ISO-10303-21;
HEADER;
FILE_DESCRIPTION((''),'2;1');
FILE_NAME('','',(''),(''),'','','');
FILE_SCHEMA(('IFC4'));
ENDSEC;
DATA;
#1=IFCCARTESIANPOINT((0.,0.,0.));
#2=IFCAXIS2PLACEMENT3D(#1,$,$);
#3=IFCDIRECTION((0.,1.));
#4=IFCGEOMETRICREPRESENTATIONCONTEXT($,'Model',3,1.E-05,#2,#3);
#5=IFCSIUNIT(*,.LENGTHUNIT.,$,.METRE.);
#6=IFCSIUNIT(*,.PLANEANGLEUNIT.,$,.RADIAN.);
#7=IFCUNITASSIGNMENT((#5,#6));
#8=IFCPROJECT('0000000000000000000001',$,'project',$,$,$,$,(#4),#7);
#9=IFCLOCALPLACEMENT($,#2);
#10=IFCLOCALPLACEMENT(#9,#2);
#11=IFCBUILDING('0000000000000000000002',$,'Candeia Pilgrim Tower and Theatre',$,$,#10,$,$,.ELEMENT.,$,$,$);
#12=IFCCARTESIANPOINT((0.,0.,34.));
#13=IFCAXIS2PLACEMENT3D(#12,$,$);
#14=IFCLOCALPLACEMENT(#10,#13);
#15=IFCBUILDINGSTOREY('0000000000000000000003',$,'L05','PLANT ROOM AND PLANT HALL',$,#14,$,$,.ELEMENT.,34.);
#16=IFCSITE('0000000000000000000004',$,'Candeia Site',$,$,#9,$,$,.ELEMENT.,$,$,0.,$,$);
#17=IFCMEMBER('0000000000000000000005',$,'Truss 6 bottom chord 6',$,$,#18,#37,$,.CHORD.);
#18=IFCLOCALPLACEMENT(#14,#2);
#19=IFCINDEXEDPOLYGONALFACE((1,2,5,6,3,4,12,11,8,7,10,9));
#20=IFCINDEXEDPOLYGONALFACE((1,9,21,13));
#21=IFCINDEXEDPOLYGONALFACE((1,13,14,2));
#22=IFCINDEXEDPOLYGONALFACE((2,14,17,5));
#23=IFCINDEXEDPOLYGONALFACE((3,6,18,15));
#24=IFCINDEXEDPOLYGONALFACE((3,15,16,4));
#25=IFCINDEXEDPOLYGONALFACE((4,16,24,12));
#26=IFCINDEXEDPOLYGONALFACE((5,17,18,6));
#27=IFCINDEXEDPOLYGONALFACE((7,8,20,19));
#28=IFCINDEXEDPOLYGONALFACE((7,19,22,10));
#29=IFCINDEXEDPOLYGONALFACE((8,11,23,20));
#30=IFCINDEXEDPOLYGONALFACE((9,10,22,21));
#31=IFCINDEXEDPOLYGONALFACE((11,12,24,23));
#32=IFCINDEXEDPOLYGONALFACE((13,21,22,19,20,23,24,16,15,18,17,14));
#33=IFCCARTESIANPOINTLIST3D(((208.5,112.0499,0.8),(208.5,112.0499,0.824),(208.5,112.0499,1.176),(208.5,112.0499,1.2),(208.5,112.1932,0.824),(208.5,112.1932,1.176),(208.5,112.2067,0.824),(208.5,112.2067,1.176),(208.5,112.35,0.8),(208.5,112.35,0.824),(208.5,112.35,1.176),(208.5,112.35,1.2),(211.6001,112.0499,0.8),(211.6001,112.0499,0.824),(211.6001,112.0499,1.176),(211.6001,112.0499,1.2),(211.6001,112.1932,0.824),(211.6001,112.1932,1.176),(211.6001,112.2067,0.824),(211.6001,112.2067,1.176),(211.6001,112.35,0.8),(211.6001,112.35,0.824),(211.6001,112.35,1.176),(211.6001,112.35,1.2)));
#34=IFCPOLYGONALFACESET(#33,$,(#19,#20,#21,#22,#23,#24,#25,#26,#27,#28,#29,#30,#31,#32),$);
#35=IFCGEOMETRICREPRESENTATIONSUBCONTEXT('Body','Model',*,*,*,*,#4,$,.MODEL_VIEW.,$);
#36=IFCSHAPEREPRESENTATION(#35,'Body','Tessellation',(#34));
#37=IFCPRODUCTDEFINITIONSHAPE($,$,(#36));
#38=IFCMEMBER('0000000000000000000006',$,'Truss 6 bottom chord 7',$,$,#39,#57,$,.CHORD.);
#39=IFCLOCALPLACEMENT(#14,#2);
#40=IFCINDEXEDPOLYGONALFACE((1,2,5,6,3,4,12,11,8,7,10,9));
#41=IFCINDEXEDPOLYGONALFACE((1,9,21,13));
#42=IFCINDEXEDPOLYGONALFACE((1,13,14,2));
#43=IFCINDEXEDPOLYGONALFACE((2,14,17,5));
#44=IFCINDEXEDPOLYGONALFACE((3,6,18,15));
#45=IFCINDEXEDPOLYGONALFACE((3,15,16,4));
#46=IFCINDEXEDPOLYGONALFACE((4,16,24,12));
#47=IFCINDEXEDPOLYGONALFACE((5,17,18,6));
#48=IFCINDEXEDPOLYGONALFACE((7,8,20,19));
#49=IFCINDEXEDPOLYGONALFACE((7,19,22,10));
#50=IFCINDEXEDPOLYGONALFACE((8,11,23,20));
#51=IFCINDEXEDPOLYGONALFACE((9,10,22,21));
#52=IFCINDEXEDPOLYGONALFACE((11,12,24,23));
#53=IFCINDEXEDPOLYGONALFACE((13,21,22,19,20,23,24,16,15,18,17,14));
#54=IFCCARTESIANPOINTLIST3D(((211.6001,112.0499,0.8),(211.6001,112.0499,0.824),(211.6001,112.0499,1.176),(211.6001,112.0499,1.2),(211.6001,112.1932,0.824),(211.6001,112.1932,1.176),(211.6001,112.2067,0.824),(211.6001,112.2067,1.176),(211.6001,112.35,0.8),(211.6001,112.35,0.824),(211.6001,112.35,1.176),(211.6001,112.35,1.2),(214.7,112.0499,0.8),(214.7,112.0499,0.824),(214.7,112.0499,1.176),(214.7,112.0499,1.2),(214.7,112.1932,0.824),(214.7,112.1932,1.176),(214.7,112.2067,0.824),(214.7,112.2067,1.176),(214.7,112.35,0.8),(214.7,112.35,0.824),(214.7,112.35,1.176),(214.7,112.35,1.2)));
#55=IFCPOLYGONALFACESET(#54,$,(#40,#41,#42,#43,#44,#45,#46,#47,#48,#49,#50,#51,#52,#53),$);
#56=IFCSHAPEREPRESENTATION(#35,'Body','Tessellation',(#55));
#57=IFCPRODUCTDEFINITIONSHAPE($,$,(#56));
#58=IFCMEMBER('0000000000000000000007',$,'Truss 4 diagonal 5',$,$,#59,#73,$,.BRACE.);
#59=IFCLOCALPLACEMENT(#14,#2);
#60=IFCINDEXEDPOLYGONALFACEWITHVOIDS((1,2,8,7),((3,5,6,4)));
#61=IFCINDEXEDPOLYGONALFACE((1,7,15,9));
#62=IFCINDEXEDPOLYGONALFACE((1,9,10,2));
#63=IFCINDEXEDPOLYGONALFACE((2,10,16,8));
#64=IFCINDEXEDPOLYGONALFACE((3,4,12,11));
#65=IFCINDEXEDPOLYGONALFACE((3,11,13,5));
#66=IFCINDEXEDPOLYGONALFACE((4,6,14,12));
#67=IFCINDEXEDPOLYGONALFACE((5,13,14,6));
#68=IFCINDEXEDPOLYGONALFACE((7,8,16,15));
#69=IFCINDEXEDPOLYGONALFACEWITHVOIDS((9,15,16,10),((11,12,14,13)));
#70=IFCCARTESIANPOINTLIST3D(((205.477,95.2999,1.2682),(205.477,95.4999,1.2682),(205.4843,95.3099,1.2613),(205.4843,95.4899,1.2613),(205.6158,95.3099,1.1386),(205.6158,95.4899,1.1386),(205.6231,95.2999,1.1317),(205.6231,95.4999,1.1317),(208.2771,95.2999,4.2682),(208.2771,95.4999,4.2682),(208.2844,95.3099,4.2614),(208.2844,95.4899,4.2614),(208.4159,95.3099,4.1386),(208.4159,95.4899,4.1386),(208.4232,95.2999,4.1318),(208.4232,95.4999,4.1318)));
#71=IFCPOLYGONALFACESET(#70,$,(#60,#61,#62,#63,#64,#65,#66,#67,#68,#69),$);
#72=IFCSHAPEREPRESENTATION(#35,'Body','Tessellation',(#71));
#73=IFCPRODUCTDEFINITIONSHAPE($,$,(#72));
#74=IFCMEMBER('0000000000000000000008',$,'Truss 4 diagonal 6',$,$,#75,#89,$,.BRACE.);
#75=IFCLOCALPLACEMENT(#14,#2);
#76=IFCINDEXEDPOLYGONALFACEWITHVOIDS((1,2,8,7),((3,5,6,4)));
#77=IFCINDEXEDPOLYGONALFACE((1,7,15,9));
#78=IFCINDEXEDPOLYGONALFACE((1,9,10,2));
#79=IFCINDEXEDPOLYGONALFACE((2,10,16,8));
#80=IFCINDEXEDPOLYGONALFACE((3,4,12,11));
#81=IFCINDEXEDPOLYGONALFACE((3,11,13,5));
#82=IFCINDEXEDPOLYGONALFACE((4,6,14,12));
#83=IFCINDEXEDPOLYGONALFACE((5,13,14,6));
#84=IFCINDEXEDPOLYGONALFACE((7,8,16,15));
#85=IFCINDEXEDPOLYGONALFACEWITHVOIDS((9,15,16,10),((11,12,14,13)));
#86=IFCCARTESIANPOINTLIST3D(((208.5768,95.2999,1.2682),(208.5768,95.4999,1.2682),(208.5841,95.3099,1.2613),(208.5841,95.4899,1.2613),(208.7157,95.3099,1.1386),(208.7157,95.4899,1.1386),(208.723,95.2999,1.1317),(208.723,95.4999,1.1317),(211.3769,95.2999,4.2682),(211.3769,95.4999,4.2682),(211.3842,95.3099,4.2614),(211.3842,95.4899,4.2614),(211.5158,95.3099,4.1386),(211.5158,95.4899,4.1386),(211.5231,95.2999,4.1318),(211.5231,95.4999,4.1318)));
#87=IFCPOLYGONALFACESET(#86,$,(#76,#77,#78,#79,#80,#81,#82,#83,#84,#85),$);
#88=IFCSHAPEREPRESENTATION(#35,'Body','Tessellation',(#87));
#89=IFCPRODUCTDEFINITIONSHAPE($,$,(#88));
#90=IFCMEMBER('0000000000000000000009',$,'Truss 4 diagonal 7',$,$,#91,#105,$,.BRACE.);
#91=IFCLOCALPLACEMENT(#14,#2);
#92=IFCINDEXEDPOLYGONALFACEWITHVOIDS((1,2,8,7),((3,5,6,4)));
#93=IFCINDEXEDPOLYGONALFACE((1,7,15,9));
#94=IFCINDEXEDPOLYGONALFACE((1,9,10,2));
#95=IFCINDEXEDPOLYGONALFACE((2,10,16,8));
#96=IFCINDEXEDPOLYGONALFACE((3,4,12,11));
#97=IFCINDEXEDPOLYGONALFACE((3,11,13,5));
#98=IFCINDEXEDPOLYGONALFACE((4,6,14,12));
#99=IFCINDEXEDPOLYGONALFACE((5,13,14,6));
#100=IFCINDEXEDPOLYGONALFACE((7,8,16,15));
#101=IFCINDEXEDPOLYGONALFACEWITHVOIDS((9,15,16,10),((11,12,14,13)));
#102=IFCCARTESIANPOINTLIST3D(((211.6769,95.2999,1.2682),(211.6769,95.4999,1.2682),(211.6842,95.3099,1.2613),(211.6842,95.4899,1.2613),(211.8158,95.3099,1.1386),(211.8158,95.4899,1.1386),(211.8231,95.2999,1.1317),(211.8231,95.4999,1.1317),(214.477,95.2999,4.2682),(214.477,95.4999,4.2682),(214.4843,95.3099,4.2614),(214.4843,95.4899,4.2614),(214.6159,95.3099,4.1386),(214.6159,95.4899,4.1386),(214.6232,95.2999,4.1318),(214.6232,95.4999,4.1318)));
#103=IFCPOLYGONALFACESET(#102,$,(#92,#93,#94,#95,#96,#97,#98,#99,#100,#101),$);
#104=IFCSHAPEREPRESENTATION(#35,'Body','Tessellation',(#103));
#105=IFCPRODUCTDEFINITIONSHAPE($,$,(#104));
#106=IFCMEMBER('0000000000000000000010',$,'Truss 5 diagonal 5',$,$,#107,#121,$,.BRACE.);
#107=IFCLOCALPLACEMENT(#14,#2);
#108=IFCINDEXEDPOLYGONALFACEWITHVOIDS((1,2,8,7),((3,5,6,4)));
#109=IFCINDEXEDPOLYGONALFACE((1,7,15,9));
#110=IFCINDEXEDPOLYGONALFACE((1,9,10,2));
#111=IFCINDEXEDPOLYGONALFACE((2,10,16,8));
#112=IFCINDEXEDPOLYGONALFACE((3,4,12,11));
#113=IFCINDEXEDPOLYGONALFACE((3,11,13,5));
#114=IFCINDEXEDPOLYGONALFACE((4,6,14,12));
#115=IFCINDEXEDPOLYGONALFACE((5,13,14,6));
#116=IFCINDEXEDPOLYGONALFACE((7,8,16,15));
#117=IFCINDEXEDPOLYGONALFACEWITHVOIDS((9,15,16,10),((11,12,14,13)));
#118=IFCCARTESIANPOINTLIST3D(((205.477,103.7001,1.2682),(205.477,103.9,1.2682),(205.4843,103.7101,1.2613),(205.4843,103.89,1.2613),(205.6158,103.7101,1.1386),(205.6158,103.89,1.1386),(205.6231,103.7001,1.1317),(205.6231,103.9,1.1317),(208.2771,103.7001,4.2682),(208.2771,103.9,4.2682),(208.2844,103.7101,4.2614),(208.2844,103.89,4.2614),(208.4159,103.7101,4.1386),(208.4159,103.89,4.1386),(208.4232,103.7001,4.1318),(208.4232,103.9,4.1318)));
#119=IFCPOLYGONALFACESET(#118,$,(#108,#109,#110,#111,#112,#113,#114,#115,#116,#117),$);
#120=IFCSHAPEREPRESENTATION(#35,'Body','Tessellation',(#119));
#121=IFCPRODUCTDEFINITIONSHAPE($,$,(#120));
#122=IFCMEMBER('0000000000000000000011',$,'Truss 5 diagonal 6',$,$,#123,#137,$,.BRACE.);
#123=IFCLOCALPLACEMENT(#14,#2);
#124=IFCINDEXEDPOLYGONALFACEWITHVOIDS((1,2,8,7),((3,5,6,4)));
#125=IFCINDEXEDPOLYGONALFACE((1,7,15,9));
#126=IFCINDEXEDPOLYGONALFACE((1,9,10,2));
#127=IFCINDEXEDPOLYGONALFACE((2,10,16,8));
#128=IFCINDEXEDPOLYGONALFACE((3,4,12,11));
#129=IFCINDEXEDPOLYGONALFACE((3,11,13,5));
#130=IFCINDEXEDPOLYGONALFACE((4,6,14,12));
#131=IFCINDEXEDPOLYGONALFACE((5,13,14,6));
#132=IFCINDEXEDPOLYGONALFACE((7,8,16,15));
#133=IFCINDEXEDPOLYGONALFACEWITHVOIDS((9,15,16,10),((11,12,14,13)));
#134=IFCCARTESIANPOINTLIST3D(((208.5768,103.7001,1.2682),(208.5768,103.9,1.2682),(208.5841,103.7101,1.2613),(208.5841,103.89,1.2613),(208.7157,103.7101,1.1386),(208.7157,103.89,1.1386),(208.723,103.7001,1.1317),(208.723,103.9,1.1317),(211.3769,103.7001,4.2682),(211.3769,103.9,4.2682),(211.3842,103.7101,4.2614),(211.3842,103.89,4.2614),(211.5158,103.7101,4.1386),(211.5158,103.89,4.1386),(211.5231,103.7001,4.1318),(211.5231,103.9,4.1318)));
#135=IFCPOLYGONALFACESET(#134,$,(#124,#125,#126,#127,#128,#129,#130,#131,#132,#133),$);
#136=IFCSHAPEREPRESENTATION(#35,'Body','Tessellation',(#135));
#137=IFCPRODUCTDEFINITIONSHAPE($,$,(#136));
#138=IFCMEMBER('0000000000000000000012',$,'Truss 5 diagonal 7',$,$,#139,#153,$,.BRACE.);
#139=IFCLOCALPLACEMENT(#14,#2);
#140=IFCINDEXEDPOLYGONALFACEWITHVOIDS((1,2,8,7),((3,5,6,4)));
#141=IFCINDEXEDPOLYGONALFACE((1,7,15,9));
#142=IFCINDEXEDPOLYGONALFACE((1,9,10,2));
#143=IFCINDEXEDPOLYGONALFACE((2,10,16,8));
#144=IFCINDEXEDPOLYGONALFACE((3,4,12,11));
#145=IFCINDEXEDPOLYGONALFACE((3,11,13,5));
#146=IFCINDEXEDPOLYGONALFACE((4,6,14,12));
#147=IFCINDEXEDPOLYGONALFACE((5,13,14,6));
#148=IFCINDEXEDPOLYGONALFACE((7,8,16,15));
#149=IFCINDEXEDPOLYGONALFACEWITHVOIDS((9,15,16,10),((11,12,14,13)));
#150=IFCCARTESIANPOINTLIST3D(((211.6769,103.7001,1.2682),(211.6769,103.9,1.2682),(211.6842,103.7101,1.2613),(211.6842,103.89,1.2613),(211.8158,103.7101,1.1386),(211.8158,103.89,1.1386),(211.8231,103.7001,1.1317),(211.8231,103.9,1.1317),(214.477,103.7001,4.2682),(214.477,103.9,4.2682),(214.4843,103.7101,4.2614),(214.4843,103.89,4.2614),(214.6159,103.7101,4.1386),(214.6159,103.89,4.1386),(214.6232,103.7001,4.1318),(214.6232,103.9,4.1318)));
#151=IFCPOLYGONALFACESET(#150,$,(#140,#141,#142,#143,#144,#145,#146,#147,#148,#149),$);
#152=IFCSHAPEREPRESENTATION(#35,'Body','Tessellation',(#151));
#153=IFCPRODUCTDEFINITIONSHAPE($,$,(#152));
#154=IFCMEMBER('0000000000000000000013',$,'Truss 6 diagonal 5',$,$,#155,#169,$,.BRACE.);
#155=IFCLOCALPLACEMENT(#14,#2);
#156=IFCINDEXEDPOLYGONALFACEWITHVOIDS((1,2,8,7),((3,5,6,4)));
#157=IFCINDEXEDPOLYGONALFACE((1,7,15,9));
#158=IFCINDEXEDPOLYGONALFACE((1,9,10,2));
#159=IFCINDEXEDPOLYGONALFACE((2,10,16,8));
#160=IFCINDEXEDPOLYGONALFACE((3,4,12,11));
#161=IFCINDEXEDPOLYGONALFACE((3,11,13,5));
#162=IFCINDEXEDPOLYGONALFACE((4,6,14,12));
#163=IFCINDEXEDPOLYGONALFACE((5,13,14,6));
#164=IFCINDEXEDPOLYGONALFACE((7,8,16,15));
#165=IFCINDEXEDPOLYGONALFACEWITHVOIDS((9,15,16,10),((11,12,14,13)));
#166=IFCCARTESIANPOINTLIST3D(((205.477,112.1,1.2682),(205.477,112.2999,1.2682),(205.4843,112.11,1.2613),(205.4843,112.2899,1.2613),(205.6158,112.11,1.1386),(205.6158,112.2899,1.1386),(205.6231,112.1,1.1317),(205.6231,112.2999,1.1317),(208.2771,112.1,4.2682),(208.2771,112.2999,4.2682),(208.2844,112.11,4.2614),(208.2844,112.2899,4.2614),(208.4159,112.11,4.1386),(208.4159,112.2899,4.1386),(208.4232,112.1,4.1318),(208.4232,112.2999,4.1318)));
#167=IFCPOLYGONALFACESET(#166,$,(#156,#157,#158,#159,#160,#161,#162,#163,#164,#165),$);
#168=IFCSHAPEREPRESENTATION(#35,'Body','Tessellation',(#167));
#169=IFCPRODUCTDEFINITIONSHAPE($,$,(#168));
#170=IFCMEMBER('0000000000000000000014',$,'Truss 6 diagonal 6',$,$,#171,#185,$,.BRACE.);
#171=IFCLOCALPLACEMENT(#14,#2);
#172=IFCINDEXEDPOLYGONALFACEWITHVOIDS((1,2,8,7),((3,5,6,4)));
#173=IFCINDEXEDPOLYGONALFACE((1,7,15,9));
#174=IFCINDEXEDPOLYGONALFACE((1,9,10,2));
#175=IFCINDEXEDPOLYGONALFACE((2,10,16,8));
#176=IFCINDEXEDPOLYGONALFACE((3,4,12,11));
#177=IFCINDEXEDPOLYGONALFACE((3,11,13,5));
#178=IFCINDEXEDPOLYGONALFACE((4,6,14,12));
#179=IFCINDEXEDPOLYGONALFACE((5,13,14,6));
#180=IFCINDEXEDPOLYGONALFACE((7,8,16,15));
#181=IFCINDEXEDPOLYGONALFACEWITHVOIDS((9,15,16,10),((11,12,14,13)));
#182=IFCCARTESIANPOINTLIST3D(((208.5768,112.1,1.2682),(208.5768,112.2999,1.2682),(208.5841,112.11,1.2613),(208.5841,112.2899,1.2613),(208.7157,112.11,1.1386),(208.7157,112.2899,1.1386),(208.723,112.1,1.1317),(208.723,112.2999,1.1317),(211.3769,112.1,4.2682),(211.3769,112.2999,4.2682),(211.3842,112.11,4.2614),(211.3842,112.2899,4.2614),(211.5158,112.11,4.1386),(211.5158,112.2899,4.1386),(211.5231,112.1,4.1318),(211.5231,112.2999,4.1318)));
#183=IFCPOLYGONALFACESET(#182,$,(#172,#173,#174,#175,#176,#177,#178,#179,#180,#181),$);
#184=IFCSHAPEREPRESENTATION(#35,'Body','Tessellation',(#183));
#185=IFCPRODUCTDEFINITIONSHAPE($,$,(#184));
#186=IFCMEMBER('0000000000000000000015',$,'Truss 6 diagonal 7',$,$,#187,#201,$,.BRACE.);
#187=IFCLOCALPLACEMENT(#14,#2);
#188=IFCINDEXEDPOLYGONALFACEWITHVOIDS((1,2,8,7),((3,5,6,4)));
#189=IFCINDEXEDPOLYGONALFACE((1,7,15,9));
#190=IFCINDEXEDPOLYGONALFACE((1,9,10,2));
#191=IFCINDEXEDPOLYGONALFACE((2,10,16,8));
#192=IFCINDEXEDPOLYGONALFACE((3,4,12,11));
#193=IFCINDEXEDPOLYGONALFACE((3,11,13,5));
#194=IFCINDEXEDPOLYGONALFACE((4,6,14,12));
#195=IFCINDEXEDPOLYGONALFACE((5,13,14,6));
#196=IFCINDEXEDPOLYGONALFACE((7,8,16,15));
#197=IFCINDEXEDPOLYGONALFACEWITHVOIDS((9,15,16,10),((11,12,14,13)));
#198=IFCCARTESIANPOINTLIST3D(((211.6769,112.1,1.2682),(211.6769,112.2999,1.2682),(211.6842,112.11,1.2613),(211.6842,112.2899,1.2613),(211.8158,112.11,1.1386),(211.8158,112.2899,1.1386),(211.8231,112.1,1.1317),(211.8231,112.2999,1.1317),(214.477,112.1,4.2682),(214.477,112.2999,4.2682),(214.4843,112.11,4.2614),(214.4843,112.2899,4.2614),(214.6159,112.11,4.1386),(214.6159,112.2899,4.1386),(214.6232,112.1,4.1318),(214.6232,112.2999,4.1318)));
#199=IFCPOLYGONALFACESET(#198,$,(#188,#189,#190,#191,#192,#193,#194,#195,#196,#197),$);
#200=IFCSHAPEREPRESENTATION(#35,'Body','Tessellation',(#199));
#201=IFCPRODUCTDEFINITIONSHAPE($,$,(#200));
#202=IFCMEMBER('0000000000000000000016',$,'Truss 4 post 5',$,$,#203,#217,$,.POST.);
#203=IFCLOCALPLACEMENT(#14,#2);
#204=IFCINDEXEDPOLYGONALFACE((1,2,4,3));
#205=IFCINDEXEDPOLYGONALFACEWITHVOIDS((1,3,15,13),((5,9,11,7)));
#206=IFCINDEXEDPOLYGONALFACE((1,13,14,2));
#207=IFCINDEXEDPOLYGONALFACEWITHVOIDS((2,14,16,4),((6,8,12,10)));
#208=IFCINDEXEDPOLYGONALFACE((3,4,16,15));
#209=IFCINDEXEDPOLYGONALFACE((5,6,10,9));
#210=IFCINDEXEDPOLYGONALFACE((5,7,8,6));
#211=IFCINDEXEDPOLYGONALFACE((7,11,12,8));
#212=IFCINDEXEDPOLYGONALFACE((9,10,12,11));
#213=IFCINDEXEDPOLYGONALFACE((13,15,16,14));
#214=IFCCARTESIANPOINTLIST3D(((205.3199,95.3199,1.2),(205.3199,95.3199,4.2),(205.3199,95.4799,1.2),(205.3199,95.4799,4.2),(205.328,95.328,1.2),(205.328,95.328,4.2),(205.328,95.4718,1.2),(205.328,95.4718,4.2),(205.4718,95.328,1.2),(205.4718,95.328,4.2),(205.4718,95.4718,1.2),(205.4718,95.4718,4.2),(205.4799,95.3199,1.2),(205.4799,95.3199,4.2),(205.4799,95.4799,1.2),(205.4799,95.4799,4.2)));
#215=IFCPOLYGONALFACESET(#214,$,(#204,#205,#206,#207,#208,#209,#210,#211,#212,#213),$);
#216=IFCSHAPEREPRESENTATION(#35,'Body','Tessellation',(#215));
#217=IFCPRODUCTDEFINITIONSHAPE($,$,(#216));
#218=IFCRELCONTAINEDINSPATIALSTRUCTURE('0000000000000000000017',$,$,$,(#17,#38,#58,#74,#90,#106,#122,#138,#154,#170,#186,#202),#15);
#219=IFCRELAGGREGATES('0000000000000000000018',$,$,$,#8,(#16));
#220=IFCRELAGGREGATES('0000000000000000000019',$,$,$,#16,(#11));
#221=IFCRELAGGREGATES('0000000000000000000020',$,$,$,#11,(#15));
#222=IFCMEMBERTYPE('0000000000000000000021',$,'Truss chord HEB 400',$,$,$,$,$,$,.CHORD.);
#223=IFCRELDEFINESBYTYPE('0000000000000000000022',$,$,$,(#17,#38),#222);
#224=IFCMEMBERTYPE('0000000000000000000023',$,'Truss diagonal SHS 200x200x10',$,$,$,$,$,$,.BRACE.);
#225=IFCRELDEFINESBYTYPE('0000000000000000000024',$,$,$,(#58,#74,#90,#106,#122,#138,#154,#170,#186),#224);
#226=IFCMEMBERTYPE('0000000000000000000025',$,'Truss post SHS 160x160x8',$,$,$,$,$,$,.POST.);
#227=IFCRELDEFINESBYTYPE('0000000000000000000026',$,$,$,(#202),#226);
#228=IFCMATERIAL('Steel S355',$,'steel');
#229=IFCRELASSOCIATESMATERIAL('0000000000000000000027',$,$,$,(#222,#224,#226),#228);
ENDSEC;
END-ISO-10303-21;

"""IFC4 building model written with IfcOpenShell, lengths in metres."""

from ifc_helpers import new_model, si_unit, direction, frame, origin, origin_2d, place, context, subcontext, project, spatial, hollow_rectangle, i_section, extrude, material, material_profile, profile_set, type_object, element, save


model = new_model("IFC4")

# Units and contexts
model_context = context("Model", 3, precision=1e-05, world=origin(), true_north=direction((0.0, 1.0)))
body_context = subcontext(model_context, "Body", "Model", "MODEL_VIEW")
ifc_project = project(units=[si_unit("LENGTHUNIT", "METRE"), si_unit("PLANEANGLEUNIT", "RADIAN")], contexts=[model_context])

# Site, building, storey
site_placement = place(None, origin())
site = spatial("IfcSite", under=ifc_project, at=site_placement, Name="Candeia Site", CompositionType="ELEMENT", RefElevation=0.0)
building_placement = place(site_placement, origin())
building = spatial("IfcBuilding", under=site, at=building_placement, Name="Candeia Pilgrim Tower and Theatre", CompositionType="ELEMENT")
storey_placement = place(building_placement, frame((0.0, 0.0, 34.0)))
storey = spatial("IfcBuildingStorey", under=building, at=storey_placement, Name="L05", Description="PLANT ROOM AND PLANT HALL", CompositionType="ELEMENT", Elevation=34.0)

# Members
ifc_material = material(Name="Steel S355", Category="steel")
ifc_material_profile_1 = material_profile(ifc_material, i_section(OverallWidth=0.3, OverallDepth=0.3999, WebThickness=0.0134, FlangeThickness=0.0239, at=origin_2d()))
ifc_profile_set_1 = profile_set([ifc_material_profile_1], Name="Steel S355")
member_type_1 = type_object("IfcMemberType", Name="Truss chord HEB 400", PredefinedType="CHORD", material=ifc_profile_set_1)
for number, where, z_axis, x_axis, name in (
    (1, (208.5, 112.2, 1.0), (1.0, 0.0, 0.0), (0.0, 1.0, 0.0), "Truss 6 bottom chord 6"),
):
    element("IfcMember", number, at=place(storey_placement, frame(where, z_axis=z_axis, x_axis=x_axis)), inside=storey, type_object=member_type_1, Name=name, PredefinedType="CHORD", context=body_context, shape_type="SweptSolid", body=[
        extrude(i_section(OverallWidth=0.3, OverallDepth=0.3999, WebThickness=0.0134, FlangeThickness=0.0239, at=origin_2d()), origin(), (0.0, 0.0, 1.0), 3.1001),
    ])
member_1_placement = place(storey_placement, frame((211.6001, 112.2, 1.0), z_axis=(1.0, 0.0, 0.0), x_axis=(0.0, 1.0, 0.0)))
element("IfcMember", 2, at=member_1_placement, inside=storey, type_object=member_type_1, Name="Truss 6 bottom chord 7", PredefinedType="CHORD", context=body_context, shape_type="SweptSolid", body=[
    extrude(i_section(OverallWidth=0.3, OverallDepth=0.3999, WebThickness=0.0134, FlangeThickness=0.0239, at=origin_2d()), origin(), (0.0, 0.0, 1.0), 3.0999),
])
ifc_material_profile_2 = material_profile(ifc_material, hollow_rectangle(XDim=0.2, YDim=0.2, WallThickness=0.01, at=origin_2d()))
ifc_profile_set_2 = profile_set([ifc_material_profile_2], Name="Steel S355")
member_type_2 = type_object("IfcMemberType", Name="Truss diagonal SHS 200x200x10", PredefinedType="BRACE", material=ifc_profile_set_2)
for number, where, z_axis, x_axis, name in (
    (3, (205.55, 95.3999, 1.2), (0.682325, 0.0, 0.731049), (0.0, 1.0, 0.0), "Truss 4 diagonal 5"),
    (4, (208.6499, 95.3999, 1.2), (0.682325, 0.0, 0.731049), (0.0, 1.0, 0.0), "Truss 4 diagonal 6"),
    (5, (211.75, 95.3999, 1.2), (0.682325, 0.0, 0.731049), (0.0, 1.0, 0.0), "Truss 4 diagonal 7"),
    (6, (205.55, 103.8, 1.2), (0.682325, 0.0, 0.731049), (0.0, 1.0, 0.0), "Truss 5 diagonal 5"),
    (7, (208.6499, 103.8, 1.2), (0.682325, 0.0, 0.731049), (0.0, 1.0, 0.0), "Truss 5 diagonal 6"),
    (8, (211.75, 103.8, 1.2), (0.682325, 0.0, 0.731049), (0.0, 1.0, 0.0), "Truss 5 diagonal 7"),
    (9, (205.55, 112.2, 1.2), (0.682325, 0.0, 0.731049), (0.0, 1.0, 0.0), "Truss 6 diagonal 5"),
    (10, (208.6499, 112.2, 1.2), (0.682325, 0.0, 0.731049), (0.0, 1.0, 0.0), "Truss 6 diagonal 6"),
    (11, (211.75, 112.2, 1.2), (0.682325, 0.0, 0.731049), (0.0, 1.0, 0.0), "Truss 6 diagonal 7"),
):
    element("IfcMember", number, at=place(storey_placement, frame(where, z_axis=z_axis, x_axis=x_axis)), inside=storey, type_object=member_type_2, Name=name, PredefinedType="BRACE", context=body_context, shape_type="SweptSolid", body=[
        extrude(hollow_rectangle(XDim=0.2, YDim=0.2, WallThickness=0.01, at=origin_2d()), origin(), (0.0, 0.0, 1.0), 4.1038),
    ])
ifc_material_profile_3 = material_profile(ifc_material, hollow_rectangle(XDim=0.1599, YDim=0.1599, WallThickness=0.0081, at=origin_2d()))
ifc_profile_set_3 = profile_set([ifc_material_profile_3], Name="Steel S355")
member_type_3 = type_object("IfcMemberType", Name="Truss post SHS 160x160x8", PredefinedType="POST", material=ifc_profile_set_3)
for number, where, z_axis, x_axis, name in (
    (12, (205.3999, 95.3999, 1.2), (0.0, 0.0, 1.0), (1.0, 0.0, 0.0), "Truss 4 post 5"),
):
    element("IfcMember", number, at=place(storey_placement, frame(where, z_axis=z_axis, x_axis=x_axis)), inside=storey, type_object=member_type_3, Name=name, PredefinedType="POST", context=body_context, shape_type="SweptSolid", body=[
        extrude(hollow_rectangle(XDim=0.1599, YDim=0.1599, WallThickness=0.0081, at=origin_2d()), origin(), (0.0, 0.0, 1.0), 3.0),
    ])

save(model, "model.ifc")
